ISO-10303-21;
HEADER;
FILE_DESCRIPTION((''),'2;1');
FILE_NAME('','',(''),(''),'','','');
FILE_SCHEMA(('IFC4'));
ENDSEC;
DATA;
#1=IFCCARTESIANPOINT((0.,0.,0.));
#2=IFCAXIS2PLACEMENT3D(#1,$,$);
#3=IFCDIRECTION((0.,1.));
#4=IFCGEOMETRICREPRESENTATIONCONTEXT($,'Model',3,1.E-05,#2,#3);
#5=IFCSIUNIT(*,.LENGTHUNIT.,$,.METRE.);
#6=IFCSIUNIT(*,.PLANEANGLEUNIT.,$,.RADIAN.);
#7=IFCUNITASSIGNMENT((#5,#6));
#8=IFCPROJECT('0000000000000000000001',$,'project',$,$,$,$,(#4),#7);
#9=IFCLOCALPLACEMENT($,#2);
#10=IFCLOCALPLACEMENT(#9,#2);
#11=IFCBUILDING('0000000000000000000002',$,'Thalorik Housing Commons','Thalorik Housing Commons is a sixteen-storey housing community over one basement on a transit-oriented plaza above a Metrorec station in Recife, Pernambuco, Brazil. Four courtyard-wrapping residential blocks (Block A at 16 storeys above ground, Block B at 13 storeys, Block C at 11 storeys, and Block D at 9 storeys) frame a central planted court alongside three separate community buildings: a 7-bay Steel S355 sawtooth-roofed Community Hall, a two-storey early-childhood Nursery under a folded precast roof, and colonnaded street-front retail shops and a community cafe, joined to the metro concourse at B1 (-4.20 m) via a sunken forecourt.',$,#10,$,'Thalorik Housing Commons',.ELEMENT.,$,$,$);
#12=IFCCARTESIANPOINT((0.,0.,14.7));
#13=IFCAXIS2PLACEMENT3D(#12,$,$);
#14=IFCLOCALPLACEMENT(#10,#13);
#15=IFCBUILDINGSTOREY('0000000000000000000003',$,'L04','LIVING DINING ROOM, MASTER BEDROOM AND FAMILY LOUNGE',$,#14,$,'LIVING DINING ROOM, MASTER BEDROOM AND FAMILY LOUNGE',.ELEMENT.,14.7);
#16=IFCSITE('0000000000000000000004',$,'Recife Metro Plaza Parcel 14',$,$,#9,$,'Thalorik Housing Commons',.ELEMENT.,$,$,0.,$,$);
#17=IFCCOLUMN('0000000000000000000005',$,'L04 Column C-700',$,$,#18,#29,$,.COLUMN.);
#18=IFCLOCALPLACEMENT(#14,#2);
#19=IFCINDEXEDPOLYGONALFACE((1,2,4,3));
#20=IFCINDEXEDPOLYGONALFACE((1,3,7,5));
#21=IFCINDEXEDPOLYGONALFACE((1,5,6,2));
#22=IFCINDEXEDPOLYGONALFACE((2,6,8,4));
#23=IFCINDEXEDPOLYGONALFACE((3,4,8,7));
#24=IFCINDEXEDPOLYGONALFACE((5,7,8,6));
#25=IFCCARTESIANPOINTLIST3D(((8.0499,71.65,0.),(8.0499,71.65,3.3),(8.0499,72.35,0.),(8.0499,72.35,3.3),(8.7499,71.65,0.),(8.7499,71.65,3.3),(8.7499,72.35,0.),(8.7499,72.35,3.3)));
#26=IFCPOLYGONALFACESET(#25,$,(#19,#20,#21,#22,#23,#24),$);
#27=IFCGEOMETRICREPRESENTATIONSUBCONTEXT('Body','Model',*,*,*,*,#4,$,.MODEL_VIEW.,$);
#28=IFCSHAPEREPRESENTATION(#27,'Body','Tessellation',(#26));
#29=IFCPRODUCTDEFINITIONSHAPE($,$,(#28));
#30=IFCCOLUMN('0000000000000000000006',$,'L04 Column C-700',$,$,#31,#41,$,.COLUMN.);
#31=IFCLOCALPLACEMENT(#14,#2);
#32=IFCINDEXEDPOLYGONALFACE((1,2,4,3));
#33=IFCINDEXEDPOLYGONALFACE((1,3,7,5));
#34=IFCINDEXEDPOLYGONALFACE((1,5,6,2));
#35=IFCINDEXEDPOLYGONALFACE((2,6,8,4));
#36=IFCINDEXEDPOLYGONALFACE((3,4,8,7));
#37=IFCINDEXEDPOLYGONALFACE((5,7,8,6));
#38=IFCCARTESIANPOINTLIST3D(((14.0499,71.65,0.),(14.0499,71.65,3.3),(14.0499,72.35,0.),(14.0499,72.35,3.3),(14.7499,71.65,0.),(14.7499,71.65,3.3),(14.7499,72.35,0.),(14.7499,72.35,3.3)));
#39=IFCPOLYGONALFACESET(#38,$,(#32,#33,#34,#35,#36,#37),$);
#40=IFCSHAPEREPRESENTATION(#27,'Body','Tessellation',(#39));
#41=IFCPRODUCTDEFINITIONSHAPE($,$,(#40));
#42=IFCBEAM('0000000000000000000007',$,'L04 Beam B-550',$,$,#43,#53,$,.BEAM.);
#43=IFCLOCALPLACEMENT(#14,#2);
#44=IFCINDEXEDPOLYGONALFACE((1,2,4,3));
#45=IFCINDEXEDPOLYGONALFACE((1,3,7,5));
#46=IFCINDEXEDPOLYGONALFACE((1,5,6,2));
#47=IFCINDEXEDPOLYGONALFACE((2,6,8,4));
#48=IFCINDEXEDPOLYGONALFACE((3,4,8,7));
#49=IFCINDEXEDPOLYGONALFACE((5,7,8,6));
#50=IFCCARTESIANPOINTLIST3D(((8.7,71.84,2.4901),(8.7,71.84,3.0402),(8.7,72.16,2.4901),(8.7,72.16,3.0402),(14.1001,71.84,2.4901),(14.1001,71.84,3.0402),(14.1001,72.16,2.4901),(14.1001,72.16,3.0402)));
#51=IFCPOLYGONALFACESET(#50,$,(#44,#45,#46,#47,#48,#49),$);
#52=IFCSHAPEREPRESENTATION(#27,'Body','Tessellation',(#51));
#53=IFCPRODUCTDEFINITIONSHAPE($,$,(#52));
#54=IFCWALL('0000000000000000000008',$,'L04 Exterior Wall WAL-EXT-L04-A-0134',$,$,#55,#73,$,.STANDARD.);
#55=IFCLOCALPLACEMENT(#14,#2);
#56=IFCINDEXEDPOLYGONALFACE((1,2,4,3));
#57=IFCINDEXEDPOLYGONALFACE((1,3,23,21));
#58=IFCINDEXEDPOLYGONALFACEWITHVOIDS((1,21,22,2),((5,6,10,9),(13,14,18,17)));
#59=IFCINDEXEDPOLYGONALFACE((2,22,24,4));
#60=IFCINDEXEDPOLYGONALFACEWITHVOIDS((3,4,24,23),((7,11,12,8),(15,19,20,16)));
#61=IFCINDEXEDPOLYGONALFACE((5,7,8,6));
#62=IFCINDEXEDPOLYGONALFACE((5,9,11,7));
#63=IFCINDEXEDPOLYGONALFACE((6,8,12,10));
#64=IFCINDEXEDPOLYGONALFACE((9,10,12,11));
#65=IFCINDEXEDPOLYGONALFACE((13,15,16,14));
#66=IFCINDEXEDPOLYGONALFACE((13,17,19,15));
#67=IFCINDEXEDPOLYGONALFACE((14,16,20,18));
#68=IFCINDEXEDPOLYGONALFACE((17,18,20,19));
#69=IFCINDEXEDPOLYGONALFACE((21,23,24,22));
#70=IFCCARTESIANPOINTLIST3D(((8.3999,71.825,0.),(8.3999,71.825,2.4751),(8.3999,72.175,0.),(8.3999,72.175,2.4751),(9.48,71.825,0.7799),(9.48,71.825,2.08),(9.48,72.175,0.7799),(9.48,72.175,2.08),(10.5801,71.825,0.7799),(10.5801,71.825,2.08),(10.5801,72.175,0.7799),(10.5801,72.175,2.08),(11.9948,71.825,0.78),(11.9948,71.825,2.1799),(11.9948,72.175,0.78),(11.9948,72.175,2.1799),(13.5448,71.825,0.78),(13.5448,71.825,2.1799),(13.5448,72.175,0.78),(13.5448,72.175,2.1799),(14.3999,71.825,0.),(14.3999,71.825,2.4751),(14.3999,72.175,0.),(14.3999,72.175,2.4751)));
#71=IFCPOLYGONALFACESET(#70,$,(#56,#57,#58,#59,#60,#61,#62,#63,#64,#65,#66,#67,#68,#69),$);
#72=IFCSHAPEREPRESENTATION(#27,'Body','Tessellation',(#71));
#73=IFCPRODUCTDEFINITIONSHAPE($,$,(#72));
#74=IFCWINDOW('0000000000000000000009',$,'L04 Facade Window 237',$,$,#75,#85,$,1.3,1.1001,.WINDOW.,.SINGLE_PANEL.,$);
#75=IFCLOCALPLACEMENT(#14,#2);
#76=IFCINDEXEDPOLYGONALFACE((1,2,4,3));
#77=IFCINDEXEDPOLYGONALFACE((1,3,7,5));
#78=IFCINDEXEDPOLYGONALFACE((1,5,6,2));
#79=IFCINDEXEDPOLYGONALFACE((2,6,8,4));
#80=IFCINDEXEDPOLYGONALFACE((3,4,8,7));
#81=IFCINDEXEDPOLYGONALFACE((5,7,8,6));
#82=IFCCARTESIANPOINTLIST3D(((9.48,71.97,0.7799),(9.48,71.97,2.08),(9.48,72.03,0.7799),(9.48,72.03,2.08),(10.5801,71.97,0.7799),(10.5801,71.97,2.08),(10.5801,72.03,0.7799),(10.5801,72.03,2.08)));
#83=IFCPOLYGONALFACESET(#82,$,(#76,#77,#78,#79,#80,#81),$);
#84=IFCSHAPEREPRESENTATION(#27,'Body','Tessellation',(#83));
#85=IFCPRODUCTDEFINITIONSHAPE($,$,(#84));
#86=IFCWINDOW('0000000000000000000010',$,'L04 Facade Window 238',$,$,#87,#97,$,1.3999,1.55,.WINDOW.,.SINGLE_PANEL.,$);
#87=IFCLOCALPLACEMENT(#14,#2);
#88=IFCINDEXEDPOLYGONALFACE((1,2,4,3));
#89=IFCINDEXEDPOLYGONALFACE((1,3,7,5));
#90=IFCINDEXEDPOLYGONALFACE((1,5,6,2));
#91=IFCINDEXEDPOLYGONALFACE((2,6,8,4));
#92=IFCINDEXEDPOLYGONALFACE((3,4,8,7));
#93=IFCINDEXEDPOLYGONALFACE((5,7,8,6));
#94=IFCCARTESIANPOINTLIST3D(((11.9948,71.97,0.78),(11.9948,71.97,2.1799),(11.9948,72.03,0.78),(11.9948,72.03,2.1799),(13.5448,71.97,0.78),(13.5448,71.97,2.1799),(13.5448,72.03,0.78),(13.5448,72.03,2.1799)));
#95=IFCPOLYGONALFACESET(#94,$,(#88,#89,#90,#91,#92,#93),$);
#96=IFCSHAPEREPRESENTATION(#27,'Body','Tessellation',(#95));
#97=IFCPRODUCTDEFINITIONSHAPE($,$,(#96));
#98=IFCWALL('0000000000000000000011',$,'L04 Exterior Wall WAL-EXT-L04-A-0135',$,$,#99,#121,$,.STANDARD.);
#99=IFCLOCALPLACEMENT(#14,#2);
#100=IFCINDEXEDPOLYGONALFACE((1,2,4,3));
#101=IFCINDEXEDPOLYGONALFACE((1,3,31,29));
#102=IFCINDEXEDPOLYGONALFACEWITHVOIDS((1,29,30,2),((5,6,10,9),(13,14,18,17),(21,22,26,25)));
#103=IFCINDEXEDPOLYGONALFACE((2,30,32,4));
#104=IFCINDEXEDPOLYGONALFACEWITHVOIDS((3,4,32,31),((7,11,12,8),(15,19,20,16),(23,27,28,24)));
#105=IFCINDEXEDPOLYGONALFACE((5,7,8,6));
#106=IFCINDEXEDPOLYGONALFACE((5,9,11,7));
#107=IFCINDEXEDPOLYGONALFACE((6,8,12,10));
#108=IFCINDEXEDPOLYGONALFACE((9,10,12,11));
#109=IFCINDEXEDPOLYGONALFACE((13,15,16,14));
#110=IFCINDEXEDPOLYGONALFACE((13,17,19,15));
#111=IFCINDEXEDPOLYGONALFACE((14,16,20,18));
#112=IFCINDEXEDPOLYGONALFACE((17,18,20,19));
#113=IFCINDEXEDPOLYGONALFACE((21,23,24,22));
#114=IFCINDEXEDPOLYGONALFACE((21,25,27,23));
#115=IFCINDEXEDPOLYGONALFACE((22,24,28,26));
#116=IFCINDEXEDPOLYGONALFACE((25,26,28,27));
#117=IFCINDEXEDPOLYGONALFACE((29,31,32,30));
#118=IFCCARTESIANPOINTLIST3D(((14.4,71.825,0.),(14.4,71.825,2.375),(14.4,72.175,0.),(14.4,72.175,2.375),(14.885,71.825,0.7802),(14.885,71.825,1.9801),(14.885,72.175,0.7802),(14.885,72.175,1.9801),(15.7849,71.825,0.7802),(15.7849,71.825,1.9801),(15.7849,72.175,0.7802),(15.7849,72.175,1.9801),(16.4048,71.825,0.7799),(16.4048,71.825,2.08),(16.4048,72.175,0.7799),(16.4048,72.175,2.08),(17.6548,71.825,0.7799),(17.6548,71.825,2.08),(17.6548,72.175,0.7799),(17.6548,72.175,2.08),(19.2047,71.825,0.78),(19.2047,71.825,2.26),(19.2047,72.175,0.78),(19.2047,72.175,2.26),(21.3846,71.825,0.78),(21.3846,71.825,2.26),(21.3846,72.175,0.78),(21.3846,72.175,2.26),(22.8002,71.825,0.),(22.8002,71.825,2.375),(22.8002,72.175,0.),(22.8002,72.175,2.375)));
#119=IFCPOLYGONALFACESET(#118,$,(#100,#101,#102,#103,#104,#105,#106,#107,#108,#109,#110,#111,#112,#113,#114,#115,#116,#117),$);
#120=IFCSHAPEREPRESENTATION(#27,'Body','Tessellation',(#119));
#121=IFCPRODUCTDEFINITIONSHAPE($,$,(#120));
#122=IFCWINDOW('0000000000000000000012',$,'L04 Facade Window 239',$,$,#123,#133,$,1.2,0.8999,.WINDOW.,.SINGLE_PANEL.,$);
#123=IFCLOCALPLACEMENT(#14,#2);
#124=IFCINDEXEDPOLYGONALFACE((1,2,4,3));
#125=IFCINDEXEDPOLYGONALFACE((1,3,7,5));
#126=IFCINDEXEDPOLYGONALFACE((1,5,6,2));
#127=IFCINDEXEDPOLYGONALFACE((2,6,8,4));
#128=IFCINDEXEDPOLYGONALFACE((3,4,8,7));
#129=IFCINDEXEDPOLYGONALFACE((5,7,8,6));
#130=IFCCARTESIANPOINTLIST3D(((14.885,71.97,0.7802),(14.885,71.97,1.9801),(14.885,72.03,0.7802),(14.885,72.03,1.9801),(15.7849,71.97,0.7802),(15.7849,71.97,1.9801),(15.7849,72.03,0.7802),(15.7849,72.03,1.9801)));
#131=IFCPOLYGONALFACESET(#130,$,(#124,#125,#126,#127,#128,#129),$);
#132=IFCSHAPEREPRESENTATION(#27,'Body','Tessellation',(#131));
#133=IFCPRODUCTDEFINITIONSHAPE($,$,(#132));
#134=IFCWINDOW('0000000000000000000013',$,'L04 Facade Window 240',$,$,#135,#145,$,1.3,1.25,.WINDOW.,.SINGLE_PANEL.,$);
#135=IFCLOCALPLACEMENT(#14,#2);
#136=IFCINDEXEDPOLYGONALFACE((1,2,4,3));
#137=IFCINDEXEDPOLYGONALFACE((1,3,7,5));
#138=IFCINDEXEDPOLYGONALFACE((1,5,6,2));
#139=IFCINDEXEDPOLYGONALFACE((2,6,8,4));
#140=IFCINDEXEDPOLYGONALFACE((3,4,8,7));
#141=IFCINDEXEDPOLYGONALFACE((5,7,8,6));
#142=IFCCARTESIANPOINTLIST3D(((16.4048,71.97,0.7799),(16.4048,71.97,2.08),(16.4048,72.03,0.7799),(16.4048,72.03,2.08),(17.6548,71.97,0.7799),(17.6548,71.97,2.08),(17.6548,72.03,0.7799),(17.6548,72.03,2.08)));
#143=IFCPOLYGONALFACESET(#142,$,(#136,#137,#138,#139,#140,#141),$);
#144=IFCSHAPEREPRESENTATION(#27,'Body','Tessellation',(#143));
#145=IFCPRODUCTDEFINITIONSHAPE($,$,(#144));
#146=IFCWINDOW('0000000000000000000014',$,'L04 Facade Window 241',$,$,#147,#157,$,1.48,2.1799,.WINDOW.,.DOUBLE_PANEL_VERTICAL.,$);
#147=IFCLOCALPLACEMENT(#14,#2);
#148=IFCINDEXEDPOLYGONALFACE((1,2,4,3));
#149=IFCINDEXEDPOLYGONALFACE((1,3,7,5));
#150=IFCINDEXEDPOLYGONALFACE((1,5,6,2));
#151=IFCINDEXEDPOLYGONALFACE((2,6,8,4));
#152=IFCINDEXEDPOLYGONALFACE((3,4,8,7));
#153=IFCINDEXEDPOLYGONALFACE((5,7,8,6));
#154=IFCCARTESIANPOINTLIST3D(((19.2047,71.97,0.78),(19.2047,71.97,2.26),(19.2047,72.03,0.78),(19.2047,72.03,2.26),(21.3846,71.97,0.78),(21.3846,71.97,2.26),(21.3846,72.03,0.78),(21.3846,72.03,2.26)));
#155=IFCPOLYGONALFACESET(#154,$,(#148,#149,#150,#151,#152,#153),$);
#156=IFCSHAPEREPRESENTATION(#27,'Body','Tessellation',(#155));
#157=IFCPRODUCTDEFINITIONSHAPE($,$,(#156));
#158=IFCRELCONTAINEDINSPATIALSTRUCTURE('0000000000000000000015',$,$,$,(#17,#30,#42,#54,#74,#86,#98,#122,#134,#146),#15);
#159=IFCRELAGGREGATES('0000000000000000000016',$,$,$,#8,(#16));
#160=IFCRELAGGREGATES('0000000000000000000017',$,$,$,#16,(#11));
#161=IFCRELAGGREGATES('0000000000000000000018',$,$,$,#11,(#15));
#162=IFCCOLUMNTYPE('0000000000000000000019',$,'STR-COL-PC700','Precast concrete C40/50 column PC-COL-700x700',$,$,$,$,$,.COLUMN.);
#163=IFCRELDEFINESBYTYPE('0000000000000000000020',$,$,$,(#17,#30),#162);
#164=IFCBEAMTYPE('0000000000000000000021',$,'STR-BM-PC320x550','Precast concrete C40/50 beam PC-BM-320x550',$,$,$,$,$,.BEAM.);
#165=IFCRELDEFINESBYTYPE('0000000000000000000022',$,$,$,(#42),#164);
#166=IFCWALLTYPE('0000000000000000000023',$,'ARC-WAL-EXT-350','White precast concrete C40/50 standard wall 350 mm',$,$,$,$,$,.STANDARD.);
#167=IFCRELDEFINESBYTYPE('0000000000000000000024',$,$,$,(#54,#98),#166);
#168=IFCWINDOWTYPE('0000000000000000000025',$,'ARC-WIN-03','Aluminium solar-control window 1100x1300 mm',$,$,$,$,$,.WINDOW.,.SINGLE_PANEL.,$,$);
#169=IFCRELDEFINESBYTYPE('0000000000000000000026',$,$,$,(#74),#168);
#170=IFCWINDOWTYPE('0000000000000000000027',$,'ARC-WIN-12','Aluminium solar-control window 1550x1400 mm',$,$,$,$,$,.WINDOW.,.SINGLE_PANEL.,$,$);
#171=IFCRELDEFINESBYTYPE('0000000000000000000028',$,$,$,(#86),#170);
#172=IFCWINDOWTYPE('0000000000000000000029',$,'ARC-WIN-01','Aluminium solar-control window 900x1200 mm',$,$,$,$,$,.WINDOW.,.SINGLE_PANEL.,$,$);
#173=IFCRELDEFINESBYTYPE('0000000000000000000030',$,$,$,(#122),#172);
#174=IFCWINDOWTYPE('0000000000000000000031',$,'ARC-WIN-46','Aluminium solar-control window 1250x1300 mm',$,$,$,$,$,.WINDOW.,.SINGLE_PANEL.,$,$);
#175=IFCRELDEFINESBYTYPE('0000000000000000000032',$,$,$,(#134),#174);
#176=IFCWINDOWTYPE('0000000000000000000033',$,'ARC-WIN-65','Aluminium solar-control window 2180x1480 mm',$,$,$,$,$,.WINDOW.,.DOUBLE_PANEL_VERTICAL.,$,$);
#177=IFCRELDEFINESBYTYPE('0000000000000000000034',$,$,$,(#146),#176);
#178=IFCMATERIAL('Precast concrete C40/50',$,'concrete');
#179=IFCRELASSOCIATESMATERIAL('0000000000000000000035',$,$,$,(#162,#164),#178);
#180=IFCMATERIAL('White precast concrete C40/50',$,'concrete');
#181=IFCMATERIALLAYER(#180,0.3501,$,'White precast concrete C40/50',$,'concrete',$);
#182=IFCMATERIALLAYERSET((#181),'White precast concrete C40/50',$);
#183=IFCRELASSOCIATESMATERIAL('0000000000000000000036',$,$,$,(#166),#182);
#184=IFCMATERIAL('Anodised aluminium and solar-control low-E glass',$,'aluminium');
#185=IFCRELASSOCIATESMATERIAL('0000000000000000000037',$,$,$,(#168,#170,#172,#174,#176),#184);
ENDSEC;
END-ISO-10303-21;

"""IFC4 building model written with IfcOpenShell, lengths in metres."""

from ifc_helpers import new_model, si_unit, direction, frame, frame_2d, origin, origin_2d, place, context, subcontext, project, spatial, rectangle, extrude, material, layer, layer_set, material_profile, profile_set, type_object, element, fill, save


model = new_model("IFC4")

# Units and contexts
model_context = context("Model", 3, precision=1e-05, world=origin(), true_north=direction((0.0, 1.0)))
body_context = subcontext(model_context, "Body", "Model", "MODEL_VIEW")
ifc_project = project(units=[si_unit("LENGTHUNIT", "METRE"), si_unit("PLANEANGLEUNIT", "RADIAN")], contexts=[model_context])

# Site, building, storey
site_placement = place(None, origin())
site = spatial("IfcSite", under=ifc_project, at=site_placement, Name="Recife Metro Plaza Parcel 14", LongName="Thalorik Housing Commons", CompositionType="ELEMENT", RefElevation=0.0)
building_placement = place(site_placement, origin())
building = spatial("IfcBuilding", under=site, at=building_placement, Name="Thalorik Housing Commons", Description="Thalorik Housing Commons is a sixteen-storey housing community over one basement on a transit-oriented plaza above a Metrorec station in Recife, Pernambuco, Brazil. Four courtyard-wrapping residential blocks (Block A at 16 storeys above ground, Block B at 13 storeys, Block C at 11 storeys, and Block D at 9 storeys) frame a central planted court alongside three separate community buildings: a 7-bay Steel S355 sawtooth-roofed Community Hall, a two-storey early-childhood Nursery under a folded precast roof, and colonnaded street-front retail shops and a community cafe, joined to the metro concourse at B1 (-4.20 m) via a sunken forecourt.", LongName="Thalorik Housing Commons", CompositionType="ELEMENT")
storey_placement = place(building_placement, frame((0.0, 0.0, 14.7)))
storey = spatial("IfcBuildingStorey", under=building, at=storey_placement, Name="L04", Description="LIVING DINING ROOM, MASTER BEDROOM AND FAMILY LOUNGE", LongName="LIVING DINING ROOM, MASTER BEDROOM AND FAMILY LOUNGE", CompositionType="ELEMENT", Elevation=14.7)

# Columns
ifc_material_1 = material(Name="Precast concrete C40/50", Category="concrete")
ifc_material_profile_1 = material_profile(ifc_material_1, rectangle(XDim=0.7, YDim=0.7, at=origin_2d()), Name="PC 700x700", Category="concrete")
ifc_profile_set_1 = profile_set([ifc_material_profile_1], Name="Precast concrete C40/50")
column_type = type_object("IfcColumnType", Name="STR-COL-PC700", Description="Precast concrete C40/50 column PC-COL-700x700", PredefinedType="COLUMN", material=ifc_profile_set_1)
for number, where, z_axis, x_axis, name in (
    (1, (8.3999, 72.0, 0.0), (0.0, 0.0, 1.0), (1.0, 0.0, 0.0), "L04 Column C-700"),
    (2, (14.3999, 72.0, 0.0), (0.0, 0.0, 1.0), (1.0, 0.0, 0.0), "L04 Column C-700"),
):
    element("IfcColumn", number, at=place(storey_placement, frame(where, z_axis=z_axis, x_axis=x_axis)), inside=storey, type_object=column_type, Name=name, PredefinedType="COLUMN", context=body_context, shape_type="SweptSolid", body=[
        extrude(rectangle(XDim=0.7, YDim=0.7, at=origin_2d()), origin(), (0.0, 0.0, 1.0), 3.3),
    ])

# Beam
ifc_material_profile_2 = material_profile(ifc_material_1, rectangle(XDim=0.3201, YDim=0.55, at=origin_2d()), Name="PC 320x550", Category="concrete")
ifc_profile_set_2 = profile_set([ifc_material_profile_2], Name="Precast concrete C40/50")
beam_type = type_object("IfcBeamType", Name="STR-BM-PC320x550", Description="Precast concrete C40/50 beam PC-BM-320x550", PredefinedType="BEAM", material=ifc_profile_set_2)
beam_placement = place(storey_placement, frame((8.7, 72.0, 2.7651), z_axis=(1.0, 0.0, 0.0), x_axis=(0.0, 1.0, 0.0)))
element("IfcBeam", 3, at=beam_placement, inside=storey, type_object=beam_type, Name="L04 Beam B-550", PredefinedType="BEAM", context=body_context, shape_type="SweptSolid", body=[
    extrude(rectangle(XDim=0.3201, YDim=0.55, at=origin_2d()), origin(), (0.0, 0.0, 1.0), 5.4001),
])

# Walls, openings, windows
ifc_material_2 = material(Name="White precast concrete C40/50", Category="concrete")
ifc_layer_1 = layer(ifc_material_2, 0.3501, Name="White precast concrete C40/50", Category="concrete")
ifc_layer_set_1 = layer_set([ifc_layer_1], Name="White precast concrete C40/50")
wall_type = type_object("IfcWallType", Name="ARC-WAL-EXT-350", Description="White precast concrete C40/50 standard wall 350 mm", PredefinedType="STANDARD", material=ifc_layer_set_1)
wall_1_placement = place(storey_placement, frame((8.3999, 72.0, 0.0), z_axis=(0.0, 0.0, 1.0), x_axis=(1.0, 0.0, 0.0)))
wall_1 = element("IfcWall", 4, at=wall_1_placement, inside=storey, type_object=wall_type, Name="L04 Exterior Wall WAL-EXT-L04-A-0134", PredefinedType="STANDARD", context=body_context, shape_type="SweptSolid", body=[
    extrude(rectangle(XDim=6.0, YDim=0.3501, at=frame_2d((3.0, 0.0))), origin(), (0.0, 0.0, 1.0), 2.4751),
])
opening_1_placement = place(wall_1_placement, frame((1.0801, 0.0, 0.78)))
opening_1 = element("IfcOpeningElement", 5, at=opening_1_placement, cuts=wall_1, PredefinedType="OPENING", context=body_context, shape_type="SweptSolid", body=[
    extrude(rectangle(XDim=1.1001, YDim=1.3, at=frame_2d((0.55, 0.6499))), frame((0.0, 0.1851, 0.0), z_axis=(0.0, -1.0, 0.0), x_axis=(1.0, 0.0, 0.0)), (0.0, 0.0, 1.0), 0.3701),
])
opening_2_placement = place(wall_1_placement, frame((3.595, 0.0, 0.78)))
opening_2 = element("IfcOpeningElement", 6, at=opening_2_placement, cuts=wall_1, PredefinedType="OPENING", context=body_context, shape_type="SweptSolid", body=[
    extrude(rectangle(XDim=1.55, YDim=1.3999, at=frame_2d((0.7749, 0.7))), frame((0.0, 0.1851, 0.0), z_axis=(0.0, -1.0, 0.0), x_axis=(1.0, 0.0, 0.0)), (0.0, 0.0, 1.0), 0.3701),
])
ifc_material_3 = material(Name="Anodised aluminium and solar-control low-E glass", Category="aluminium")
window_type_1 = type_object("IfcWindowType", Name="ARC-WIN-03", Description="Aluminium solar-control window 1100x1300 mm", PartitioningType="SINGLE_PANEL", PredefinedType="WINDOW", material=ifc_material_3)
window_1_placement = place(opening_1_placement, origin())
window_1 = element("IfcWindow", 7, at=window_1_placement, inside=storey, type_object=window_type_1, Name="L04 Facade Window 237", OverallHeight=1.3, OverallWidth=1.1001, PartitioningType="SINGLE_PANEL", PredefinedType="WINDOW", context=body_context, shape_type="SweptSolid", body=[
    extrude(rectangle(XDim=1.1001, YDim=1.3, at=frame_2d((0.55, 0.6499))), frame((0.0, 0.03, 0.0), z_axis=(0.0, -1.0, 0.0), x_axis=(1.0, 0.0, 0.0)), (0.0, 0.0, 1.0), 0.0601),
])
fill(opening_1, window_1)
window_type_2 = type_object("IfcWindowType", Name="ARC-WIN-12", Description="Aluminium solar-control window 1550x1400 mm", PartitioningType="SINGLE_PANEL", PredefinedType="WINDOW", material=ifc_material_3)
window_2_placement = place(opening_2_placement, origin())
window_2 = element("IfcWindow", 8, at=window_2_placement, inside=storey, type_object=window_type_2, Name="L04 Facade Window 238", OverallHeight=1.3999, OverallWidth=1.55, PartitioningType="SINGLE_PANEL", PredefinedType="WINDOW", context=body_context, shape_type="SweptSolid", body=[
    extrude(rectangle(XDim=1.55, YDim=1.3999, at=frame_2d((0.7749, 0.7))), frame((0.0, 0.03, 0.0), z_axis=(0.0, -1.0, 0.0), x_axis=(1.0, 0.0, 0.0)), (0.0, 0.0, 1.0), 0.0601),
])
fill(opening_2, window_2)
wall_2_placement = place(storey_placement, frame((14.3999, 72.0, 0.0), z_axis=(0.0, 0.0, 1.0), x_axis=(1.0, 0.0, 0.0)))
wall_2 = element("IfcWall", 9, at=wall_2_placement, inside=storey, type_object=wall_type, Name="L04 Exterior Wall WAL-EXT-L04-A-0135", PredefinedType="STANDARD", context=body_context, shape_type="SweptSolid", body=[
    extrude(rectangle(XDim=8.4001, YDim=0.3501, at=frame_2d((4.2002, 0.0))), origin(), (0.0, 0.0, 1.0), 2.375),
])
opening_3_placement = place(wall_2_placement, frame((0.4851, 0.0, 0.78)))
opening_3 = element("IfcOpeningElement", 10, at=opening_3_placement, cuts=wall_2, PredefinedType="OPENING", context=body_context, shape_type="SweptSolid", body=[
    extrude(rectangle(XDim=0.8999, YDim=1.2, at=frame_2d((0.45, 0.6001))), frame((0.0, 0.1851, 0.0), z_axis=(0.0, -1.0, 0.0), x_axis=(1.0, 0.0, 0.0)), (0.0, 0.0, 1.0), 0.3701),
])
opening_4_placement = place(wall_2_placement, frame((2.0049, 0.0, 0.78)))
opening_4 = element("IfcOpeningElement", 11, at=opening_4_placement, cuts=wall_2, PredefinedType="OPENING", context=body_context, shape_type="SweptSolid", body=[
    extrude(rectangle(XDim=1.25, YDim=1.3, at=frame_2d((0.625, 0.6499))), frame((0.0, 0.1851, 0.0), z_axis=(0.0, -1.0, 0.0), x_axis=(1.0, 0.0, 0.0)), (0.0, 0.0, 1.0), 0.3701),
])
opening_5_placement = place(wall_2_placement, frame((4.8049, 0.0, 0.78)))
opening_5 = element("IfcOpeningElement", 12, at=opening_5_placement, cuts=wall_2, PredefinedType="OPENING", context=body_context, shape_type="SweptSolid", body=[
    extrude(rectangle(XDim=2.1799, YDim=1.48, at=frame_2d((1.0898, 0.74))), frame((0.0, 0.1851, 0.0), z_axis=(0.0, -1.0, 0.0), x_axis=(1.0, 0.0, 0.0)), (0.0, 0.0, 1.0), 0.3701),
])
window_type_3 = type_object("IfcWindowType", Name="ARC-WIN-01", Description="Aluminium solar-control window 900x1200 mm", PartitioningType="SINGLE_PANEL", PredefinedType="WINDOW", material=ifc_material_3)
window_3_placement = place(opening_3_placement, origin())
window_3 = element("IfcWindow", 13, at=window_3_placement, inside=storey, type_object=window_type_3, Name="L04 Facade Window 239", OverallHeight=1.2, OverallWidth=0.8999, PartitioningType="SINGLE_PANEL", PredefinedType="WINDOW", context=body_context, shape_type="SweptSolid", body=[
    extrude(rectangle(XDim=0.8999, YDim=1.2, at=frame_2d((0.45, 0.6001))), frame((0.0, 0.03, 0.0), z_axis=(0.0, -1.0, 0.0), x_axis=(1.0, 0.0, 0.0)), (0.0, 0.0, 1.0), 0.0601),
])
fill(opening_3, window_3)
window_type_4 = type_object("IfcWindowType", Name="ARC-WIN-46", Description="Aluminium solar-control window 1250x1300 mm", PartitioningType="SINGLE_PANEL", PredefinedType="WINDOW", material=ifc_material_3)
window_4_placement = place(opening_4_placement, origin())
window_4 = element("IfcWindow", 14, at=window_4_placement, inside=storey, type_object=window_type_4, Name="L04 Facade Window 240", OverallHeight=1.3, OverallWidth=1.25, PartitioningType="SINGLE_PANEL", PredefinedType="WINDOW", context=body_context, shape_type="SweptSolid", body=[
    extrude(rectangle(XDim=1.25, YDim=1.3, at=frame_2d((0.625, 0.6499))), frame((0.0, 0.03, 0.0), z_axis=(0.0, -1.0, 0.0), x_axis=(1.0, 0.0, 0.0)), (0.0, 0.0, 1.0), 0.0601),
])
fill(opening_4, window_4)
window_type_5 = type_object("IfcWindowType", Name="ARC-WIN-65", Description="Aluminium solar-control window 2180x1480 mm", PartitioningType="DOUBLE_PANEL_VERTICAL", PredefinedType="WINDOW", material=ifc_material_3)
window_5_placement = place(opening_5_placement, origin())
window_5 = element("IfcWindow", 15, at=window_5_placement, inside=storey, type_object=window_type_5, Name="L04 Facade Window 241", OverallHeight=1.48, OverallWidth=2.1799, PartitioningType="DOUBLE_PANEL_VERTICAL", PredefinedType="WINDOW", context=body_context, shape_type="SweptSolid", body=[
    extrude(rectangle(XDim=2.1799, YDim=1.48, at=frame_2d((1.0898, 0.74))), frame((0.0, 0.03, 0.0), z_axis=(0.0, -1.0, 0.0), x_axis=(1.0, 0.0, 0.0)), (0.0, 0.0, 1.0), 0.0601),
])
fill(opening_5, window_5)

save(model, "model.ifc")
